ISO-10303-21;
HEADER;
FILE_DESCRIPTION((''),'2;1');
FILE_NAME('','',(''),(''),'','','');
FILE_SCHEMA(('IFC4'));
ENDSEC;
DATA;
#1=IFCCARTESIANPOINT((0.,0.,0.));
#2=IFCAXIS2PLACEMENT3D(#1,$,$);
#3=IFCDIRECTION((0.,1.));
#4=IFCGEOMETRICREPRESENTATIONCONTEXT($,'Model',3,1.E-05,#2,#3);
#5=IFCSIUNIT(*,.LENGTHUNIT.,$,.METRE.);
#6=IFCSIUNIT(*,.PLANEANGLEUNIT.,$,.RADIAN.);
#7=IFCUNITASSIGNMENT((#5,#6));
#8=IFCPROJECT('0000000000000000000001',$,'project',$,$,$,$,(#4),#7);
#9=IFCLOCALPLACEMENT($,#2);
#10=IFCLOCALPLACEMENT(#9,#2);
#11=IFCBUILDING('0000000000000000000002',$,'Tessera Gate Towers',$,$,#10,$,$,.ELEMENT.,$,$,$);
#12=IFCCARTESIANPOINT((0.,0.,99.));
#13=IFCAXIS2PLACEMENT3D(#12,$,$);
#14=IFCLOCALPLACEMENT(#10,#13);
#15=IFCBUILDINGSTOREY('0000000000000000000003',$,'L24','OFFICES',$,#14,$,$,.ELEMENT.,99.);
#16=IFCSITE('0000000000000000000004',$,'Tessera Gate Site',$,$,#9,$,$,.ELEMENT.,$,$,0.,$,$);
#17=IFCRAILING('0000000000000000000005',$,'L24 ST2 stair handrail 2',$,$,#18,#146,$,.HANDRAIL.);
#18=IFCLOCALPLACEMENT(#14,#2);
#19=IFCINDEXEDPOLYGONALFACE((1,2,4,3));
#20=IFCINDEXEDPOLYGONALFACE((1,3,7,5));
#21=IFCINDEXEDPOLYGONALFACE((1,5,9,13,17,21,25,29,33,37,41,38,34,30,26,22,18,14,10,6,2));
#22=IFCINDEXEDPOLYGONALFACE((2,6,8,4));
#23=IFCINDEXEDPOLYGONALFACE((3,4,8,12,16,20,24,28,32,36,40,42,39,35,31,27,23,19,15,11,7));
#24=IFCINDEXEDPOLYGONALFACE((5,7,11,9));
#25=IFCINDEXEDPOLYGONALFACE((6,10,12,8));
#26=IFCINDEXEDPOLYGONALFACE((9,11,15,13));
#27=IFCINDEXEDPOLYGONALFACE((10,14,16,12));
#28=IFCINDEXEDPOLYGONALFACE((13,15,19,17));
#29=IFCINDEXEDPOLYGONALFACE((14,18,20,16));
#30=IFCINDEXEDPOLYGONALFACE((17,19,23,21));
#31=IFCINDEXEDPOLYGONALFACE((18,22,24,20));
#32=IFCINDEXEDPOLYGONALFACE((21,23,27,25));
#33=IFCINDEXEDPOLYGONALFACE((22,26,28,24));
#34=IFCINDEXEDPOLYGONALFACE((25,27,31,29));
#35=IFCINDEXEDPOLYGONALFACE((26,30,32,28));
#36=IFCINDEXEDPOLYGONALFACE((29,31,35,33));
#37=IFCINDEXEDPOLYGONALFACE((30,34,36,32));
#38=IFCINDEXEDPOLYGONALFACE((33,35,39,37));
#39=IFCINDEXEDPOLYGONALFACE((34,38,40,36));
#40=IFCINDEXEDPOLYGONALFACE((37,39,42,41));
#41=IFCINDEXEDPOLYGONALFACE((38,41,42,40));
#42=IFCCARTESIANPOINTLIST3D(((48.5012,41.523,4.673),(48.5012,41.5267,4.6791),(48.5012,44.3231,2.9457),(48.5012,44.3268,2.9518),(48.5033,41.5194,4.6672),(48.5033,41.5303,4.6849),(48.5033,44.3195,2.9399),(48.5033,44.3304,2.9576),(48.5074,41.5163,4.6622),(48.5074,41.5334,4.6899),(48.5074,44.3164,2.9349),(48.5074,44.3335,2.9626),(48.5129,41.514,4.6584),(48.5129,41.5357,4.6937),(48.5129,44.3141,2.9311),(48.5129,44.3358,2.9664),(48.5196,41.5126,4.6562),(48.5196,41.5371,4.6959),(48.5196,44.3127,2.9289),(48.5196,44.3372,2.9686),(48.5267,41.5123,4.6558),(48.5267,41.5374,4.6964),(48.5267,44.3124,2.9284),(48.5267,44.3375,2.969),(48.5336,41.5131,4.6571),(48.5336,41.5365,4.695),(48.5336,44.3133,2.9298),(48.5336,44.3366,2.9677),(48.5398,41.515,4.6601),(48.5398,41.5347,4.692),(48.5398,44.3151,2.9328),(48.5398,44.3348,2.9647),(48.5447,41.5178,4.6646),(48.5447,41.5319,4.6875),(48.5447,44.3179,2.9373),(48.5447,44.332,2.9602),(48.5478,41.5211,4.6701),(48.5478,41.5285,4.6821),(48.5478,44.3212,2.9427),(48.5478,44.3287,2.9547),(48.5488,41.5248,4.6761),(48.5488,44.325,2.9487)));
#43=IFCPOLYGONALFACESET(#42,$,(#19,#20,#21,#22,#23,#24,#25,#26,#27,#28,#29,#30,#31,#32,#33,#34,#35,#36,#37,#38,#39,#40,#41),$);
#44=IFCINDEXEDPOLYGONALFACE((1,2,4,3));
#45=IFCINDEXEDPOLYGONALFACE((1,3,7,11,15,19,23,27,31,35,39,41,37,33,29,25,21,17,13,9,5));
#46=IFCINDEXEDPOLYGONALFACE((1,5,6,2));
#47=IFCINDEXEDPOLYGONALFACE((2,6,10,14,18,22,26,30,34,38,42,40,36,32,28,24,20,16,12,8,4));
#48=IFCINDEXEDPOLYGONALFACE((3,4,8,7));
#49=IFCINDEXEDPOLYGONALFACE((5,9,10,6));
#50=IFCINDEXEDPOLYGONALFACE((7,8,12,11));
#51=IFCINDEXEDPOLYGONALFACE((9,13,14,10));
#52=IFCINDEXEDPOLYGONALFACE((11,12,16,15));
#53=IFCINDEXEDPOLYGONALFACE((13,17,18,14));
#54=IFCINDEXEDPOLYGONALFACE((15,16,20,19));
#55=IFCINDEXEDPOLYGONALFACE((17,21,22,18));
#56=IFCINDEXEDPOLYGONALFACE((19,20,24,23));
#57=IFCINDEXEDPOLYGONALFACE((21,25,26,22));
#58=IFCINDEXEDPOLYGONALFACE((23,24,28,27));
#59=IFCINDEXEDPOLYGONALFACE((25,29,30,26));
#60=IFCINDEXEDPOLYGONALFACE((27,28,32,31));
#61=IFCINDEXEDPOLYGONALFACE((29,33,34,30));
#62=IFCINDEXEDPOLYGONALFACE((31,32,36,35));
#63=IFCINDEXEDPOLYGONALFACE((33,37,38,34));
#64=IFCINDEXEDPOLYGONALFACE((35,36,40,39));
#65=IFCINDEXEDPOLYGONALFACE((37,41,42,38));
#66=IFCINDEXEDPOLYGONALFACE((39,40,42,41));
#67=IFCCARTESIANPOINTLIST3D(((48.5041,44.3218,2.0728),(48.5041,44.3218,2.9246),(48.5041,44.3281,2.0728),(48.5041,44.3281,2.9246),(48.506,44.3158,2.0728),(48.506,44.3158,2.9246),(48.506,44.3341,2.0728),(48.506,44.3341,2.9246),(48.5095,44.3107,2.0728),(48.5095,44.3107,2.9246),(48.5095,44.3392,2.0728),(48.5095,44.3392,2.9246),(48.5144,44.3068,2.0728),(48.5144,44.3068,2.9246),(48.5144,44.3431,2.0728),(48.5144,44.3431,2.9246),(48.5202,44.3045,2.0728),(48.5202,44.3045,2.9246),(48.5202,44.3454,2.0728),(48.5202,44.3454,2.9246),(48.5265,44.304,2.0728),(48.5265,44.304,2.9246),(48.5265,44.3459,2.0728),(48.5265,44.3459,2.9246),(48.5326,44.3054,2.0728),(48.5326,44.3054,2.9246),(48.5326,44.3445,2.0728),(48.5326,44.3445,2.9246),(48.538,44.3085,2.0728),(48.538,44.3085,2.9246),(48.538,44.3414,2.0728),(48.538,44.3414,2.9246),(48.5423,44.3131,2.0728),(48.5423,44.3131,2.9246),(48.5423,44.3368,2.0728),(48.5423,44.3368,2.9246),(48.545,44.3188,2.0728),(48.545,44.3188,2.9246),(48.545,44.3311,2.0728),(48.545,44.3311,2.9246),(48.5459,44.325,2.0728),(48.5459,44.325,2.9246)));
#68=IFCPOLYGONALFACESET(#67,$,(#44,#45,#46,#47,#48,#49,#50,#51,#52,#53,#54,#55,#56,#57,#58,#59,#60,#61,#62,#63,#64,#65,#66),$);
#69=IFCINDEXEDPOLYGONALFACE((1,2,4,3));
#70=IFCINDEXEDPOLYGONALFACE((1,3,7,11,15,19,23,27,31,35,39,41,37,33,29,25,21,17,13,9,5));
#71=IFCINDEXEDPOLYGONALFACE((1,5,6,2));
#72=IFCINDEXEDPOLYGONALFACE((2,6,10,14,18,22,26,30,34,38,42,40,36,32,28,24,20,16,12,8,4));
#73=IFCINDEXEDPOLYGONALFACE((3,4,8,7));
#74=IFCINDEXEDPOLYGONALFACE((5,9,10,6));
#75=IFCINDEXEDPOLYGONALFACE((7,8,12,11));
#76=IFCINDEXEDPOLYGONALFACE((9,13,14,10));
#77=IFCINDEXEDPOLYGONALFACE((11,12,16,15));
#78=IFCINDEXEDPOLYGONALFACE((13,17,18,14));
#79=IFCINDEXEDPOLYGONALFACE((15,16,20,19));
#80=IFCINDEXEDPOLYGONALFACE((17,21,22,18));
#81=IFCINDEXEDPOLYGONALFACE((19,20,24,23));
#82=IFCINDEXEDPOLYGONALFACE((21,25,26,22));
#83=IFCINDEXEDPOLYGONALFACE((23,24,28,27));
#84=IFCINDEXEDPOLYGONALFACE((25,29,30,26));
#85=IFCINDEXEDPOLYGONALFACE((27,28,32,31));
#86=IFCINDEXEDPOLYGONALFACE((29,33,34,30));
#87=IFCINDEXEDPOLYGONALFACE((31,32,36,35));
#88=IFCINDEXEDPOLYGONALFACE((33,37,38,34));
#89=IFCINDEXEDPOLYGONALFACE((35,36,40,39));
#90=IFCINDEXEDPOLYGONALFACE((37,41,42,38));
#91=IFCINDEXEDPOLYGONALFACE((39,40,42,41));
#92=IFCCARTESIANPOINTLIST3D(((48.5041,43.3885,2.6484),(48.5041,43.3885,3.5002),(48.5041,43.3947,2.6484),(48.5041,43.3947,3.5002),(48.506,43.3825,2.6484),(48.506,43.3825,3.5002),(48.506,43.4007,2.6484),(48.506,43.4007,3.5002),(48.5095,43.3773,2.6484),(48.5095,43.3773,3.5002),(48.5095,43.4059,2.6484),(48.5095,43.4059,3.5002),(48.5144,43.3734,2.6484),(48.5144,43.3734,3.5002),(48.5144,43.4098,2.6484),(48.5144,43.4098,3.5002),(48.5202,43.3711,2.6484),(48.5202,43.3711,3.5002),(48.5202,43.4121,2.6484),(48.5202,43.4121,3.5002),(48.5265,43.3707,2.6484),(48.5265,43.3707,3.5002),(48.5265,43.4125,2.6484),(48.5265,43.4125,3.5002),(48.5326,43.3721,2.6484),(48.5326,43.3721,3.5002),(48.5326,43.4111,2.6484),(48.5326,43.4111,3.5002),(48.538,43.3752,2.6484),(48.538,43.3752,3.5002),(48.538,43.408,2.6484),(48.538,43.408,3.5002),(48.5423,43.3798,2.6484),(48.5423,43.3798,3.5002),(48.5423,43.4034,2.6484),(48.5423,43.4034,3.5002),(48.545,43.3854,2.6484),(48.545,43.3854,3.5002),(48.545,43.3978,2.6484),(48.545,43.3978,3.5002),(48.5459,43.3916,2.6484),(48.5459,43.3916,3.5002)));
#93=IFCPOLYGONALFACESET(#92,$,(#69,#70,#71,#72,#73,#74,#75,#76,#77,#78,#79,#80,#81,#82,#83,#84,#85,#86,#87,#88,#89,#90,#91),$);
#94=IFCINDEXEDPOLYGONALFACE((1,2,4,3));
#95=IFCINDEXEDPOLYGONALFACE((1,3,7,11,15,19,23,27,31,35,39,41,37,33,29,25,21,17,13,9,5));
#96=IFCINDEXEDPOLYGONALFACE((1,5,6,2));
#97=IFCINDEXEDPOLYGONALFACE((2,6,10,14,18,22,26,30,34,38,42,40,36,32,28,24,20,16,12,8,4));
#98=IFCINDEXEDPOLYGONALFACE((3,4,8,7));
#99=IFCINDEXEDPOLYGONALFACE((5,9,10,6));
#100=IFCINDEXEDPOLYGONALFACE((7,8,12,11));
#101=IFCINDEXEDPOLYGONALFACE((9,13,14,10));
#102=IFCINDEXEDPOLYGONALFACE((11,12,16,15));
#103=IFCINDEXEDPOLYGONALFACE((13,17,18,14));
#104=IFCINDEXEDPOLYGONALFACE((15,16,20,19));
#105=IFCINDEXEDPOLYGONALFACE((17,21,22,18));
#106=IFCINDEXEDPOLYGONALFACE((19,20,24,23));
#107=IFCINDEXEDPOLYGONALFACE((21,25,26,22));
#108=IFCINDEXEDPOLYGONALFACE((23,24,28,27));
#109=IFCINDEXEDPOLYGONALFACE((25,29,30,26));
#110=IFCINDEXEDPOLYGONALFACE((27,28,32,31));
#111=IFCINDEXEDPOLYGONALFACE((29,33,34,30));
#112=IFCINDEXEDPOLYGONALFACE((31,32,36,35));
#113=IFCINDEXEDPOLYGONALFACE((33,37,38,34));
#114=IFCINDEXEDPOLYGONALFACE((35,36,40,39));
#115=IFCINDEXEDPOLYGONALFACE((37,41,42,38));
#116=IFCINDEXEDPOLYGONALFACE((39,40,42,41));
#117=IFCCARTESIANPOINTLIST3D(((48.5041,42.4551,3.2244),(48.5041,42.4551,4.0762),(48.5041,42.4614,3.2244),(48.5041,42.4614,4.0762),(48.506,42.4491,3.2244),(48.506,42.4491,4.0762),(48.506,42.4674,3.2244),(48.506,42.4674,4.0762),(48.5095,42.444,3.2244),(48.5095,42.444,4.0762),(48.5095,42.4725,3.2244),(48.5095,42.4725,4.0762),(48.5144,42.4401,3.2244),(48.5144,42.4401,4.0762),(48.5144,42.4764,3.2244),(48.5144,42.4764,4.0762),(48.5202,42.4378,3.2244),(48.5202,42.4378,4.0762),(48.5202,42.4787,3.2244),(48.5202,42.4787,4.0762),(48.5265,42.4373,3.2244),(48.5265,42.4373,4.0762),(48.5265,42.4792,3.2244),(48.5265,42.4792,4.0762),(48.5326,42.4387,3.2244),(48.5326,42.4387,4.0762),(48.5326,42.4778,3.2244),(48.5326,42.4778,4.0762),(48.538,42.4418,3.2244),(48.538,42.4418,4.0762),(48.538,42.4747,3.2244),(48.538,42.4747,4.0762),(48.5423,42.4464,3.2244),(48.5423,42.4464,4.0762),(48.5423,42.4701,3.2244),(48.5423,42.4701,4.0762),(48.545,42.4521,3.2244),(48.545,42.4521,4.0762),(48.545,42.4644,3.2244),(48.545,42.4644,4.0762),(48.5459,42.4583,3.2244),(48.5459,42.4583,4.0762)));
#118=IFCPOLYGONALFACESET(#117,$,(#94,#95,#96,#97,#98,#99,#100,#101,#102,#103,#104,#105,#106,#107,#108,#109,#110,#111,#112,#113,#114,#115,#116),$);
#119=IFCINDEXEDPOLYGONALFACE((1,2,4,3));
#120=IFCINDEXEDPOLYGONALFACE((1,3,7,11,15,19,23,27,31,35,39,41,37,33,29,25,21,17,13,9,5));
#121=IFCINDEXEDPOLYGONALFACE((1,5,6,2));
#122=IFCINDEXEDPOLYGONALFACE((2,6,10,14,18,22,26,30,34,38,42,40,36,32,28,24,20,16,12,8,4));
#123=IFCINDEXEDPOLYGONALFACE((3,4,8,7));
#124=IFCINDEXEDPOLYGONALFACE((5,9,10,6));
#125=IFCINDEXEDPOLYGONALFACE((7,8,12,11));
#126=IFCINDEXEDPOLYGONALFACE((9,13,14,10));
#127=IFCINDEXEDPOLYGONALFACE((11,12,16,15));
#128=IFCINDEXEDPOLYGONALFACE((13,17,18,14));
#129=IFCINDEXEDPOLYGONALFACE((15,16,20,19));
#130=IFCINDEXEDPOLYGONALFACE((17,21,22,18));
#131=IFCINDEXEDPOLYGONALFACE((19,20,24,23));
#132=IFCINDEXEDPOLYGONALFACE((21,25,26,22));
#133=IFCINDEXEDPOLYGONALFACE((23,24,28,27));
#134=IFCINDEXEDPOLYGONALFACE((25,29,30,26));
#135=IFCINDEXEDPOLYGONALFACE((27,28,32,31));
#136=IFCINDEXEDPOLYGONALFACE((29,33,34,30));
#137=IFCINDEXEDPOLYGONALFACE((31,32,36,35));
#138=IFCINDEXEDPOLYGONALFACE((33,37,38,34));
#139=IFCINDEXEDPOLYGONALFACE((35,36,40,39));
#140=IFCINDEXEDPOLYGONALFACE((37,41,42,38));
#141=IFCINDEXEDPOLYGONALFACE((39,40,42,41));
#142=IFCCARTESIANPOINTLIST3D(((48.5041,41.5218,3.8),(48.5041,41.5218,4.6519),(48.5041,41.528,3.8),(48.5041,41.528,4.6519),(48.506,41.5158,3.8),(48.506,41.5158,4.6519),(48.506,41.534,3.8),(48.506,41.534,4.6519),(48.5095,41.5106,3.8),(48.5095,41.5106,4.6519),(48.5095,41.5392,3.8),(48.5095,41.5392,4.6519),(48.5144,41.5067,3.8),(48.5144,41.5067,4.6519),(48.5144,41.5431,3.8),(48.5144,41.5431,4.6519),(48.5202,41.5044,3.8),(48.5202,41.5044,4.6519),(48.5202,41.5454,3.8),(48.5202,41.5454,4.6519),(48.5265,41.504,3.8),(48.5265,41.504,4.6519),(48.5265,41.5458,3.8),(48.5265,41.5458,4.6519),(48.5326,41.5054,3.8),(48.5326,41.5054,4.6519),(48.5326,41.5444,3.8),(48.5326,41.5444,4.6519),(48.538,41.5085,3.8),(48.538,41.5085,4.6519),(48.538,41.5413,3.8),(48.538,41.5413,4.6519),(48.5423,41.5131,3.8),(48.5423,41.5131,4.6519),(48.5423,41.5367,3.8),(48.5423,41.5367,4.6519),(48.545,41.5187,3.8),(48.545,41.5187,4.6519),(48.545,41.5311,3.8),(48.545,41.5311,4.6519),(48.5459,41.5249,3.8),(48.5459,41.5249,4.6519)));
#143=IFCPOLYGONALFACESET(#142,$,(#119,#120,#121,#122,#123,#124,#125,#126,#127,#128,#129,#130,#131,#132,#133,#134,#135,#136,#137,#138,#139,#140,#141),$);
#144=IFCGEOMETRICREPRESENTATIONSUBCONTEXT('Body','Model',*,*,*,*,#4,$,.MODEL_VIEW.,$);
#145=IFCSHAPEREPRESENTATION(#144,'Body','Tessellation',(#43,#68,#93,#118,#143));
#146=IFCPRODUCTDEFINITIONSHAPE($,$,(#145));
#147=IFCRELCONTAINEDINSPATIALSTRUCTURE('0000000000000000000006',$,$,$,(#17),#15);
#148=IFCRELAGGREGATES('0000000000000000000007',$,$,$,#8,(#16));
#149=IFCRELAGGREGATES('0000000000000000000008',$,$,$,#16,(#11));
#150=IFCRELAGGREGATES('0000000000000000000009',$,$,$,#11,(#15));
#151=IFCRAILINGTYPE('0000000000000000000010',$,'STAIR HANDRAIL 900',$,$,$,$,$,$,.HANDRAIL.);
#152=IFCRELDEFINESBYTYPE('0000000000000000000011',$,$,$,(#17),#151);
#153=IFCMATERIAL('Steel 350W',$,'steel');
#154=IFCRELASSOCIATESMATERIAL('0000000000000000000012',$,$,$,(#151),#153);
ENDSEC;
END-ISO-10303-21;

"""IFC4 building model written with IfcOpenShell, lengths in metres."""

from ifc_helpers import new_model, si_unit, direction, frame, origin, origin_2d, place, context, subcontext, project, spatial, circle, extrude, material, type_object, element, save


model = new_model("IFC4")

# Units and contexts
model_context = context("Model", 3, precision=1e-05, world=origin(), true_north=direction((0.0, 1.0)))
body_context = subcontext(model_context, "Body", "Model", "MODEL_VIEW")
ifc_project = project(units=[si_unit("LENGTHUNIT", "METRE"), si_unit("PLANEANGLEUNIT", "RADIAN")], contexts=[model_context])

# Site, building, storey
site_placement = place(None, origin())
site = spatial("IfcSite", under=ifc_project, at=site_placement, Name="Tessera Gate Site", CompositionType="ELEMENT", RefElevation=0.0)
building_placement = place(site_placement, origin())
building = spatial("IfcBuilding", under=site, at=building_placement, Name="Tessera Gate Towers", CompositionType="ELEMENT")
storey_placement = place(building_placement, frame((0.0, 0.0, 99.0)))
storey = spatial("IfcBuildingStorey", under=building, at=storey_placement, Name="L24", Description="OFFICES", CompositionType="ELEMENT", Elevation=99.0)

# Railing
ifc_material_1 = material(Name="Steel 350W", Category="steel")
railing_type = type_object("IfcRailingType", Name="STAIR HANDRAIL 900", PredefinedType="HANDRAIL", material=ifc_material_1)
railing_placement = place(storey_placement, frame((48.5249, 44.325, 2.0728)))
element("IfcRailing", 1, at=railing_placement, inside=storey, type_object=railing_type, Name="L24 ST2 stair handrail 2", PredefinedType="HANDRAIL", context=body_context, shape_type="SweptSolid", body=[
    extrude(circle(Radius=0.0239, at=origin_2d()), frame((0.0, 0.0, 0.876), z_axis=(0.0, -0.85109, 0.52502), x_axis=(1.0, 0.0, 0.0)), (0.0, 0.0, 1.0), 3.29),
    extrude(circle(Radius=0.021, at=origin_2d()), origin(), (0.0, 0.0, 1.0), 0.8518),
    extrude(circle(Radius=0.021, at=origin_2d()), frame((0.0, -0.9333, 0.5757)), (0.0, 0.0, 1.0), 0.8518),
    extrude(circle(Radius=0.021, at=origin_2d()), frame((0.0, -1.8667, 1.1516)), (0.0, 0.0, 1.0), 0.8518),
    extrude(circle(Radius=0.021, at=origin_2d()), frame((0.0, -2.8, 1.7273)), (0.0, 0.0, 1.0), 0.8518),
])

save(model, "model.ifc")
